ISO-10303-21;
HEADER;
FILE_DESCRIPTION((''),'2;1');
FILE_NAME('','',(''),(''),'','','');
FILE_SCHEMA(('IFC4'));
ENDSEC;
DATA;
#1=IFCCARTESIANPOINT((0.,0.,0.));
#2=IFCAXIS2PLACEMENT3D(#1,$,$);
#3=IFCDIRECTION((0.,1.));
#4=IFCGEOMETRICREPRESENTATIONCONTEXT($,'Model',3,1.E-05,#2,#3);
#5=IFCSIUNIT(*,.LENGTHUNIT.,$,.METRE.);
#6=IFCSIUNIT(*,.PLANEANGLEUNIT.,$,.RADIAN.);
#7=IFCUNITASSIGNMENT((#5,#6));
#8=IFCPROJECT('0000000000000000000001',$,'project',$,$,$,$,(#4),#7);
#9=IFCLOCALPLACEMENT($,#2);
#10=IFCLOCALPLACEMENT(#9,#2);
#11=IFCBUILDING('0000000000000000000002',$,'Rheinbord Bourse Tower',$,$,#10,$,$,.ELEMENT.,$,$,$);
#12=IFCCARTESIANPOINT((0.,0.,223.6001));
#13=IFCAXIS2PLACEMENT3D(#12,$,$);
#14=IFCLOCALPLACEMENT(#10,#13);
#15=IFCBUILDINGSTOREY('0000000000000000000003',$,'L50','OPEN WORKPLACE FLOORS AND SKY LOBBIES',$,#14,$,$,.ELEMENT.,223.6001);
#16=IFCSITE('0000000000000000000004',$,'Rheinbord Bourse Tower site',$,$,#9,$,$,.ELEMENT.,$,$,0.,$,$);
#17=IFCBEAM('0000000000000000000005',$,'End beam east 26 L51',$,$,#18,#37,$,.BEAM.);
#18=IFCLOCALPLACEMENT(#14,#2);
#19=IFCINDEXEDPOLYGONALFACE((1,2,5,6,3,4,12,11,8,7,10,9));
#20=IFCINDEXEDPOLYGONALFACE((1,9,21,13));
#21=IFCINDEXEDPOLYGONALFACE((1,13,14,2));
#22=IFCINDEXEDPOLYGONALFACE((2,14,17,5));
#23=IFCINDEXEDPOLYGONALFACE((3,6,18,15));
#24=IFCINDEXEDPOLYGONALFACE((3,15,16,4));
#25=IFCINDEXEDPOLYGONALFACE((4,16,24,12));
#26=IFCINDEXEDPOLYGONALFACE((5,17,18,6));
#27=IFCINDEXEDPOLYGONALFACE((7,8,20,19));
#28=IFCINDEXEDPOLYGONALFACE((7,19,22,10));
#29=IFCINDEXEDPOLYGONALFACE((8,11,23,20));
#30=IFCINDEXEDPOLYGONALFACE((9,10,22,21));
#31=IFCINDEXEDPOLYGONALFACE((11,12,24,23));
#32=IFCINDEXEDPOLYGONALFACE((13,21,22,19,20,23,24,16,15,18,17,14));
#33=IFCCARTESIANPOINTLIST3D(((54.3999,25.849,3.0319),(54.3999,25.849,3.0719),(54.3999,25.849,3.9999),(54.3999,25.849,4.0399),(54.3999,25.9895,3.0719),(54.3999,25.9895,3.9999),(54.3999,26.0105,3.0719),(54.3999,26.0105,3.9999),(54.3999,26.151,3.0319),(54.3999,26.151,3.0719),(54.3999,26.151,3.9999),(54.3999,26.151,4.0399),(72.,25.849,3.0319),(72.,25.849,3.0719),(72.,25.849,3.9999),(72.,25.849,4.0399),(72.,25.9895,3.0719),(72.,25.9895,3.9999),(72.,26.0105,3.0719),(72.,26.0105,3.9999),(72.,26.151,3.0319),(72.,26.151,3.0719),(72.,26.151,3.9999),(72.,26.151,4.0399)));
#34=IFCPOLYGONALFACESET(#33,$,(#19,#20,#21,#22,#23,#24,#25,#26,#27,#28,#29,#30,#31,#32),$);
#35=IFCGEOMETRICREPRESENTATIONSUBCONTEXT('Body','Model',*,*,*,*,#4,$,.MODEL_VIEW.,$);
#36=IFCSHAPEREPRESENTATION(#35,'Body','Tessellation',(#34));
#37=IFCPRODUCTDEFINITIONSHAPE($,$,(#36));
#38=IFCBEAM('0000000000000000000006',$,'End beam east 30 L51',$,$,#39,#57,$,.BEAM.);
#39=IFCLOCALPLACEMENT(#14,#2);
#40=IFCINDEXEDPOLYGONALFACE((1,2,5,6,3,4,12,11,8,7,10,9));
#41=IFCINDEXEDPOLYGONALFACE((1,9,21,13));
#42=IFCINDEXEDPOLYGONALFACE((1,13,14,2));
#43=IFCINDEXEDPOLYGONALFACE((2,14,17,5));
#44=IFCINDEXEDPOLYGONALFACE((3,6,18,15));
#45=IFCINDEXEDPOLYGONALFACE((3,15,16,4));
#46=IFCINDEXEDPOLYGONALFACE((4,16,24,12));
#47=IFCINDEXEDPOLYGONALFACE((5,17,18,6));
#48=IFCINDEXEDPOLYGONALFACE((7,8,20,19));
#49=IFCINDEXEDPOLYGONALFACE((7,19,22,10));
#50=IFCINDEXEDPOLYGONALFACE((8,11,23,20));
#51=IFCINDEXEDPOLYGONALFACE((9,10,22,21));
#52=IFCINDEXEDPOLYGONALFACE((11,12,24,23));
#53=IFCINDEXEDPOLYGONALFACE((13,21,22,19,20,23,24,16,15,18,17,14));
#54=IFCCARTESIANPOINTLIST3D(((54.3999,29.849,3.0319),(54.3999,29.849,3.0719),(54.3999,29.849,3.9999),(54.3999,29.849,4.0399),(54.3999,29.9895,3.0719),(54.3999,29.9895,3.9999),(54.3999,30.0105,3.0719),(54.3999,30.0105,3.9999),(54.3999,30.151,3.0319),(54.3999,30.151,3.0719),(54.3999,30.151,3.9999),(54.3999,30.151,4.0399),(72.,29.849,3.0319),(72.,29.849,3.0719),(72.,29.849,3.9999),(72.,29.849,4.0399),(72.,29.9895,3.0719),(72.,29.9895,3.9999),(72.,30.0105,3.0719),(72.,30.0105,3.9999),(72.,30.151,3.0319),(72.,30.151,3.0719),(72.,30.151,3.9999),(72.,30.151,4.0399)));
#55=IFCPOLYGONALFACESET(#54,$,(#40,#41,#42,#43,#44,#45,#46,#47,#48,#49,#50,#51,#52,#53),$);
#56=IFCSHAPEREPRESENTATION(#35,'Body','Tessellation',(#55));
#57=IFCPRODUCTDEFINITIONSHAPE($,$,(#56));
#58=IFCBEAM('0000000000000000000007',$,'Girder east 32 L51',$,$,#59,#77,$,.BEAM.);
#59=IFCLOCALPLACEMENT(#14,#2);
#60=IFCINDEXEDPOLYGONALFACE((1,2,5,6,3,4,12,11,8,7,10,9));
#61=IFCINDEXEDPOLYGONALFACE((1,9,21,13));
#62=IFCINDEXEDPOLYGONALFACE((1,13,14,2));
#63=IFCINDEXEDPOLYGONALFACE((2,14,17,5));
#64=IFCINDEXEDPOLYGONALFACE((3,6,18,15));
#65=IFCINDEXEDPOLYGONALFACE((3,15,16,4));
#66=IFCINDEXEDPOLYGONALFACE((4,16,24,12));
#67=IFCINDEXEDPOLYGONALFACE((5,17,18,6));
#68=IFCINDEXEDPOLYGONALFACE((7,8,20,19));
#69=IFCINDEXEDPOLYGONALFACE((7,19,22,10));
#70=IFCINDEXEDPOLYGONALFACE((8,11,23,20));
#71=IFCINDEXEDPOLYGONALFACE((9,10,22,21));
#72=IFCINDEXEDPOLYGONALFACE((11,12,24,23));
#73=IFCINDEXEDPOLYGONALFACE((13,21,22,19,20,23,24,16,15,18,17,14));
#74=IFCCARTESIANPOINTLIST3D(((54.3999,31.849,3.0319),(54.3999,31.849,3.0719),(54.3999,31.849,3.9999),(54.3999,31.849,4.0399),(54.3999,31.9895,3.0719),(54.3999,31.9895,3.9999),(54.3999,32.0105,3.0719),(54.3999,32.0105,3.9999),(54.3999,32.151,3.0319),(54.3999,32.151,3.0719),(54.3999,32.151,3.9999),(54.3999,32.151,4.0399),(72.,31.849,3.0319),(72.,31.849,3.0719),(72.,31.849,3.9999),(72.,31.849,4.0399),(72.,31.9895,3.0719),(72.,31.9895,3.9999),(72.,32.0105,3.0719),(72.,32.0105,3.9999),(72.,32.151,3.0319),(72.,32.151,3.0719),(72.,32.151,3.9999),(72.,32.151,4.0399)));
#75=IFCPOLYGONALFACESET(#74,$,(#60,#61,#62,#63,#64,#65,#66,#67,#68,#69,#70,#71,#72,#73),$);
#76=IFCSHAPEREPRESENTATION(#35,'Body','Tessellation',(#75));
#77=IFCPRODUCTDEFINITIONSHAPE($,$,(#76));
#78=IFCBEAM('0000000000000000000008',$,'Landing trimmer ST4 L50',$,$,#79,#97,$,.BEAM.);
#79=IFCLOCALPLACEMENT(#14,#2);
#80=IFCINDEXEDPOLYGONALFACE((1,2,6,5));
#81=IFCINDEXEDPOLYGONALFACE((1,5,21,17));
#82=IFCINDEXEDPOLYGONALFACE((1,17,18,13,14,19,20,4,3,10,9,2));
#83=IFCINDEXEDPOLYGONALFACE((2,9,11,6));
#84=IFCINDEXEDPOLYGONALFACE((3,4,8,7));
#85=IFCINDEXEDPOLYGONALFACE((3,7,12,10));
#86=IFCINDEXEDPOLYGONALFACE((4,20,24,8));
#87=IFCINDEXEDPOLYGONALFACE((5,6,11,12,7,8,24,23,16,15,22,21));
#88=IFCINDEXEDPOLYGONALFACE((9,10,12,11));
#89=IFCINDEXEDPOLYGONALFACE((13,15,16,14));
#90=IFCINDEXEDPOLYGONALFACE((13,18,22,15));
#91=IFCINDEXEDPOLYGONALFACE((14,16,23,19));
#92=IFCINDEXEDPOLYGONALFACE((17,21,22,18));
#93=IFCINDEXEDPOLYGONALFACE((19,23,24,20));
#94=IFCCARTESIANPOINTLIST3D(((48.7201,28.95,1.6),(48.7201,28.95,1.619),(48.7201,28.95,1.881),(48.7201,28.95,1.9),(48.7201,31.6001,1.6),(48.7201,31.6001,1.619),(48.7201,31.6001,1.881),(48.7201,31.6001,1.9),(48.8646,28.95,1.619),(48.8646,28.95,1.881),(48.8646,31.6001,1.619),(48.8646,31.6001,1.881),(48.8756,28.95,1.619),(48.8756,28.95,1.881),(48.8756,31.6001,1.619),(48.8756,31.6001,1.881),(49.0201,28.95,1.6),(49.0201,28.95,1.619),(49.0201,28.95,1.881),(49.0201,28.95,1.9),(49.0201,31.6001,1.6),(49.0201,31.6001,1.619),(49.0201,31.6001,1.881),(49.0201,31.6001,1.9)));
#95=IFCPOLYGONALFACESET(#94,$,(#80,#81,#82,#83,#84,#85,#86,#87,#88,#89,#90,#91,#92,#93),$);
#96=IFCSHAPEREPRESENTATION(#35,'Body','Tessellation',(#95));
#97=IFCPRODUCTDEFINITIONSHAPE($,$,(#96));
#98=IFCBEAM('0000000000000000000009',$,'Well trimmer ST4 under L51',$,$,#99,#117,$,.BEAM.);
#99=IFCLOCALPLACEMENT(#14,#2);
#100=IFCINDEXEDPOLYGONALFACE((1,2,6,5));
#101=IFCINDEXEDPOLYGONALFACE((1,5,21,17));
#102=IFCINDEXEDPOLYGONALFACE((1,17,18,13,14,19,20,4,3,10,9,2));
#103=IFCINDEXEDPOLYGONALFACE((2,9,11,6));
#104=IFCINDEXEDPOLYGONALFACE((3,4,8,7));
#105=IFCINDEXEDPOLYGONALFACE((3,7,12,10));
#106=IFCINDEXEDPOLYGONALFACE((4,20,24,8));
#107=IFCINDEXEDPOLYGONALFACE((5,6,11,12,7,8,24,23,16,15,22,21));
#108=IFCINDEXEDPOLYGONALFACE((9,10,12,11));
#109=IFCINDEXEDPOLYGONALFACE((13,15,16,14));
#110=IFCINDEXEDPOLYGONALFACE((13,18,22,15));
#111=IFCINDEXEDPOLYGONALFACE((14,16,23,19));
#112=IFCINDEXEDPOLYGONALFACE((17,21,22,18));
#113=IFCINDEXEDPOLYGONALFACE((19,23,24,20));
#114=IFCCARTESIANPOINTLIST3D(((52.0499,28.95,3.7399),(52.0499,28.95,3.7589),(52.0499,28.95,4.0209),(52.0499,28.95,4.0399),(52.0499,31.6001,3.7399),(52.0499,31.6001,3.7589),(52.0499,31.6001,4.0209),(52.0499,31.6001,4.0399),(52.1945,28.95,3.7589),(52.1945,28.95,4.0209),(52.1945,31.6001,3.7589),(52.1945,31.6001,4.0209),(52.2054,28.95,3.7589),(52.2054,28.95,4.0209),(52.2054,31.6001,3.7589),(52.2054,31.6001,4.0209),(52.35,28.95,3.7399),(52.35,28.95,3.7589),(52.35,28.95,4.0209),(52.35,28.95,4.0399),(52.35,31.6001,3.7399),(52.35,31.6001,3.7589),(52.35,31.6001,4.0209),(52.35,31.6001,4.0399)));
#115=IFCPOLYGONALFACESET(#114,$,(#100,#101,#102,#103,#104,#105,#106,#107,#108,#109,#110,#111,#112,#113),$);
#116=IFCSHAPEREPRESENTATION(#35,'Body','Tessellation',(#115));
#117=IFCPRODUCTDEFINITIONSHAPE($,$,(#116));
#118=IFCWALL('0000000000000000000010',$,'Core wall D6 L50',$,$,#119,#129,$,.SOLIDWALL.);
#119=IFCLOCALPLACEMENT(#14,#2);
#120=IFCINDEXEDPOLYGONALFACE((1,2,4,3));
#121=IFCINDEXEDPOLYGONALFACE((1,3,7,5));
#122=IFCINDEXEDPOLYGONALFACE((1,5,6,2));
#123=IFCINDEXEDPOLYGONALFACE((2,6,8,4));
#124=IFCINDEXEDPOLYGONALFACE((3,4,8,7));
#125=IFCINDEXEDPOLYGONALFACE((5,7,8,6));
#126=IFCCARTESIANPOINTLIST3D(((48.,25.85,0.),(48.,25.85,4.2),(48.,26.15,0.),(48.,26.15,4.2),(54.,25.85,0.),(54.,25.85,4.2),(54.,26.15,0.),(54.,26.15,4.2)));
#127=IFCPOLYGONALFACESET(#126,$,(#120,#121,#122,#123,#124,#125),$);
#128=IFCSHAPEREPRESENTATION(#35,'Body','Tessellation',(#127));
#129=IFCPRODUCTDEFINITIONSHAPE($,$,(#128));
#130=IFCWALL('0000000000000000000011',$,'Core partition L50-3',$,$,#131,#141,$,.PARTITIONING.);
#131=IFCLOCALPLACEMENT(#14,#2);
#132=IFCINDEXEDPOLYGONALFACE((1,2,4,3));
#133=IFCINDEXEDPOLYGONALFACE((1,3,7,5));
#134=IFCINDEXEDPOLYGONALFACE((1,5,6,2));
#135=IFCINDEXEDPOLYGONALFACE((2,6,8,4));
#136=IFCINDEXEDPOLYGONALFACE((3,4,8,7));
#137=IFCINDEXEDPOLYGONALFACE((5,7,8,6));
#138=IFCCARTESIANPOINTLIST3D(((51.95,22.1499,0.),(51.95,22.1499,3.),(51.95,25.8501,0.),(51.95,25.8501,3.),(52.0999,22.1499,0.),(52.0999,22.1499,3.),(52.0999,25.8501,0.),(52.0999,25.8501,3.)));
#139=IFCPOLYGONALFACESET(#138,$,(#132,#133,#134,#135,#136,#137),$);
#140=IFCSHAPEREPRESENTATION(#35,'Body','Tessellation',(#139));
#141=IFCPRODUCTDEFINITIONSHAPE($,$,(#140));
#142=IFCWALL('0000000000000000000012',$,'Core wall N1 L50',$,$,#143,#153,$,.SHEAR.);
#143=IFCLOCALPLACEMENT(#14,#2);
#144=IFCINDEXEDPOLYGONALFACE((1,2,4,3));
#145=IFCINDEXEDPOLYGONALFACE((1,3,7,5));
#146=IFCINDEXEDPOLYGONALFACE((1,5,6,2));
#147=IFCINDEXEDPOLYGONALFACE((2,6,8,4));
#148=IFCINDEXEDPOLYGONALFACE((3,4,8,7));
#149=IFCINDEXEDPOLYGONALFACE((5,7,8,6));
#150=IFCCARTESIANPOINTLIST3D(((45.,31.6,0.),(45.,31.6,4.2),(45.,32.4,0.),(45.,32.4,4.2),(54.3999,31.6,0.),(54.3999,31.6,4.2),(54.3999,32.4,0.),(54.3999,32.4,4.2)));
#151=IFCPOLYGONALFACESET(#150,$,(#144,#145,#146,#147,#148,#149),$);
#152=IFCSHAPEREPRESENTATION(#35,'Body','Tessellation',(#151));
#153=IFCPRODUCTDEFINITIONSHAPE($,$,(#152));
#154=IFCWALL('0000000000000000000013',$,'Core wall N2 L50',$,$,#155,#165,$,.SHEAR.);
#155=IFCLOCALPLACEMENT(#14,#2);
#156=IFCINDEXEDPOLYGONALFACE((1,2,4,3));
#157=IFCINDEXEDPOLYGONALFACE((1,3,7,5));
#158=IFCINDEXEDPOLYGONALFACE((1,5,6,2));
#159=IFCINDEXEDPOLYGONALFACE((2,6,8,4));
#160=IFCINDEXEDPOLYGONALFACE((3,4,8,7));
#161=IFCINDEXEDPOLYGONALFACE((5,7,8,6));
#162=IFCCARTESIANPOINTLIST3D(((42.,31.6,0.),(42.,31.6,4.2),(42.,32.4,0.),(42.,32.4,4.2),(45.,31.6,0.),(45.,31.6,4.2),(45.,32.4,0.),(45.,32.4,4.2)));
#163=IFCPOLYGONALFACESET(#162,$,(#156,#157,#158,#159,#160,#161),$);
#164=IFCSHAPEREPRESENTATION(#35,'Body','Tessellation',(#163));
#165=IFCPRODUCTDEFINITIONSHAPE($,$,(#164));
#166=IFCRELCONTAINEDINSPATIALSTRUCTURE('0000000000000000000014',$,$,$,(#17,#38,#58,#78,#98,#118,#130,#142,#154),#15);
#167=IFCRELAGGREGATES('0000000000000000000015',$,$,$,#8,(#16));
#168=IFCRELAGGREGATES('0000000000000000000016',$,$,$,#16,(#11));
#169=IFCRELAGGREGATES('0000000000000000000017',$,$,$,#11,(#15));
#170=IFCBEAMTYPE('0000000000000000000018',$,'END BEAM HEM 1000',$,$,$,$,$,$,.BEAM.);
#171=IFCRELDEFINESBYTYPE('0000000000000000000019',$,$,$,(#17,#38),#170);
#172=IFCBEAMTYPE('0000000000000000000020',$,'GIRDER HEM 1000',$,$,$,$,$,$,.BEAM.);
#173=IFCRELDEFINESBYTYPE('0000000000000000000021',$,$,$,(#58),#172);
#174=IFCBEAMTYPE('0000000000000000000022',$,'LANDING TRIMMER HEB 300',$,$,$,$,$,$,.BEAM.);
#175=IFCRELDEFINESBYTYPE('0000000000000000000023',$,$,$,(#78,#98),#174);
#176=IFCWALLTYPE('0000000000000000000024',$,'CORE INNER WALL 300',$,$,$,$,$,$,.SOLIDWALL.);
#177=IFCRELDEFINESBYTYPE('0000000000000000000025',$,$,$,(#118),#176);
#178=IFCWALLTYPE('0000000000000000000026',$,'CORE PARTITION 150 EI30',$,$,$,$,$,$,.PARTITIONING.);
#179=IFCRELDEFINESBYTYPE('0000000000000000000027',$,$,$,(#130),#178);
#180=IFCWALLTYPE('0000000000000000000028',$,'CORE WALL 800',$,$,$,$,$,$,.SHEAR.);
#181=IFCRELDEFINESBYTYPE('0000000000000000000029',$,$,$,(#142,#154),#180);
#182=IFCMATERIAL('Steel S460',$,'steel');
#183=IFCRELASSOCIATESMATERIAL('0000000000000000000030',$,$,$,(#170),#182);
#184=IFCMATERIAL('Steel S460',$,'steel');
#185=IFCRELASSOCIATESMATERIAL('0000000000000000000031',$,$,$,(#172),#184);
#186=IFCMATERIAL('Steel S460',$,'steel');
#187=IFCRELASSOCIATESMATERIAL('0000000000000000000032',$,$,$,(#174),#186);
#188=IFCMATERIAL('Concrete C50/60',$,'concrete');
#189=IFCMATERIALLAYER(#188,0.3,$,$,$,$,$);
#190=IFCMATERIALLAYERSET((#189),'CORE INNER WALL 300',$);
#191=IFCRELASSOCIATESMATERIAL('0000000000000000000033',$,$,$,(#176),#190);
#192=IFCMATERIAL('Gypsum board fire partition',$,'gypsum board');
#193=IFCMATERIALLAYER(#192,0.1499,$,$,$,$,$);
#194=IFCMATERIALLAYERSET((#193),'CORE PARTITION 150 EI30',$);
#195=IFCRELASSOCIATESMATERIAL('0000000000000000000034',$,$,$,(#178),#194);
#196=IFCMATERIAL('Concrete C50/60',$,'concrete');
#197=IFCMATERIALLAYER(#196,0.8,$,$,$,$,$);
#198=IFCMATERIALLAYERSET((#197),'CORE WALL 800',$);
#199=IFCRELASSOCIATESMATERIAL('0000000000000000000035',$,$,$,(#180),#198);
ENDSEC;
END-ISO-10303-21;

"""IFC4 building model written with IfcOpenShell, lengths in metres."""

from ifc_helpers import new_model, si_unit, direction, frame, frame_2d, origin, origin_2d, place, context, subcontext, project, spatial, rectangle, i_section, extrude, material, layer, layer_set, material_profile, profile_set, type_object, element, save


model = new_model("IFC4")

# Units and contexts
model_context = context("Model", 3, precision=1e-05, world=origin(), true_north=direction((0.0, 1.0)))
body_context = subcontext(model_context, "Body", "Model", "MODEL_VIEW")
ifc_project = project(units=[si_unit("LENGTHUNIT", "METRE"), si_unit("PLANEANGLEUNIT", "RADIAN")], contexts=[model_context])

# Site, building, storey
site_placement = place(None, origin())
site = spatial("IfcSite", under=ifc_project, at=site_placement, Name="Rheinbord Bourse Tower site", CompositionType="ELEMENT", RefElevation=0.0)
building_placement = place(site_placement, origin())
building = spatial("IfcBuilding", under=site, at=building_placement, Name="Rheinbord Bourse Tower", CompositionType="ELEMENT")
storey_placement = place(building_placement, frame((0.0, 0.0, 223.6001)))
storey = spatial("IfcBuildingStorey", under=building, at=storey_placement, Name="L50", Description="OPEN WORKPLACE FLOORS AND SKY LOBBIES", CompositionType="ELEMENT", Elevation=223.6001)

# Beams
ifc_material_1 = material(Name="Steel S460", Category="steel")
ifc_material_profile_1 = material_profile(ifc_material_1, i_section(OverallWidth=0.302, OverallDepth=1.0081, WebThickness=0.021, FlangeThickness=0.04, at=origin_2d()), Name="HEM 1000")
ifc_profile_set_1 = profile_set([ifc_material_profile_1], Name="Steel S460")
beam_type_1 = type_object("IfcBeamType", Name="END BEAM HEM 1000", PredefinedType="BEAM", material=ifc_profile_set_1)
for number, where, z_axis, x_axis, name in (
    (1, (54.3999, 26.0, 3.5359), (1.0, 0.0, 0.0), (0.0, 1.0, 0.0), "End beam east 26 L51"),
    (2, (54.3999, 30.0, 3.5359), (1.0, 0.0, 0.0), (0.0, 1.0, 0.0), "End beam east 30 L51"),
):
    element("IfcBeam", number, at=place(storey_placement, frame(where, z_axis=z_axis, x_axis=x_axis)), inside=storey, type_object=beam_type_1, Name=name, PredefinedType="BEAM", context=body_context, shape_type="SweptSolid", body=[
        extrude(i_section(OverallWidth=0.302, OverallDepth=1.0081, WebThickness=0.021, FlangeThickness=0.04, at=origin_2d()), origin(), (0.0, 0.0, 1.0), 17.6001),
    ])
ifc_material_2 = material(Name="Steel S460", Category="steel")
ifc_material_profile_2 = material_profile(ifc_material_2, i_section(OverallWidth=0.302, OverallDepth=1.0081, WebThickness=0.021, FlangeThickness=0.04, at=origin_2d()), Name="HEM 1000")
ifc_profile_set_2 = profile_set([ifc_material_profile_2], Name="Steel S460")
beam_type_2 = type_object("IfcBeamType", Name="GIRDER HEM 1000", PredefinedType="BEAM", material=ifc_profile_set_2)
beam_placement = place(storey_placement, frame((54.3999, 32.0, 3.5359), z_axis=(1.0, 0.0, 0.0), x_axis=(0.0, 1.0, 0.0)))
element("IfcBeam", 3, at=beam_placement, inside=storey, type_object=beam_type_2, Name="Girder east 32 L51", PredefinedType="BEAM", context=body_context, shape_type="SweptSolid", body=[
    extrude(i_section(OverallWidth=0.302, OverallDepth=1.0081, WebThickness=0.021, FlangeThickness=0.04, at=origin_2d()), origin(), (0.0, 0.0, 1.0), 17.6001),
])
ifc_material_3 = material(Name="Steel S460", Category="steel")
ifc_material_profile_3 = material_profile(ifc_material_3, i_section(OverallWidth=0.3, OverallDepth=0.3, WebThickness=0.011, FlangeThickness=0.019, at=origin_2d()), Name="HEB 300")
ifc_profile_set_3 = profile_set([ifc_material_profile_3], Name="Steel S460")
beam_type_3 = type_object("IfcBeamType", Name="LANDING TRIMMER HEB 300", PredefinedType="BEAM", material=ifc_profile_set_3)
for number, where, z_axis, x_axis, name in (
    (4, (48.8701, 28.95, 1.75), (0.0, 1.0, 0.0), (-1.0, 0.0, 0.0), "Landing trimmer ST4 L50"),
    (5, (52.2, 28.95, 3.8899), (0.0, 1.0, 0.0), (-1.0, 0.0, 0.0), "Well trimmer ST4 under L51"),
):
    element("IfcBeam", number, at=place(storey_placement, frame(where, z_axis=z_axis, x_axis=x_axis)), inside=storey, type_object=beam_type_3, Name=name, PredefinedType="BEAM", context=body_context, shape_type="SweptSolid", body=[
        extrude(i_section(OverallWidth=0.3, OverallDepth=0.3, WebThickness=0.011, FlangeThickness=0.019, at=origin_2d()), origin(), (0.0, 0.0, 1.0), 2.6501),
    ])

# Walls
ifc_material_4 = material(Name="Concrete C50/60", Category="concrete")
ifc_layer_1 = layer(ifc_material_4, 0.3)
ifc_layer_set_1 = layer_set([ifc_layer_1], Name="CORE INNER WALL 300")
wall_type_1 = type_object("IfcWallType", Name="CORE INNER WALL 300", PredefinedType="SOLIDWALL", material=ifc_layer_set_1)
wall_1_placement = place(storey_placement, frame((48.0, 26.0, 0.0), z_axis=(0.0, 0.0, 1.0), x_axis=(1.0, 0.0, 0.0)))
element("IfcWall", 6, at=wall_1_placement, inside=storey, type_object=wall_type_1, Name="Core wall D6 L50", PredefinedType="SOLIDWALL", context=body_context, shape_type="SweptSolid", body=[
    extrude(rectangle(XDim=6.0, YDim=0.3, at=frame_2d((3.0, 0.0))), origin(), (0.0, 0.0, 1.0), 4.2),
])
ifc_material_5 = material(Name="Gypsum board fire partition", Category="gypsum board")
ifc_layer_2 = layer(ifc_material_5, 0.1499)
ifc_layer_set_2 = layer_set([ifc_layer_2], Name="CORE PARTITION 150 EI30")
wall_type_2 = type_object("IfcWallType", Name="CORE PARTITION 150 EI30", PredefinedType="PARTITIONING", material=ifc_layer_set_2)
wall_2_placement = place(storey_placement, frame((52.0249, 22.1499, 0.0), z_axis=(0.0, 0.0, 1.0), x_axis=(0.0, 1.0, 0.0)))
element("IfcWall", 7, at=wall_2_placement, inside=storey, type_object=wall_type_2, Name="Core partition L50-3", PredefinedType="PARTITIONING", context=body_context, shape_type="SweptSolid", body=[
    extrude(rectangle(XDim=3.7002, YDim=0.1499, at=frame_2d((1.8501, 0.0))), origin(), (0.0, 0.0, 1.0), 3.0),
])
ifc_material_6 = material(Name="Concrete C50/60", Category="concrete")
ifc_layer_3 = layer(ifc_material_6, 0.8)
ifc_layer_set_3 = layer_set([ifc_layer_3], Name="CORE WALL 800")
wall_type_3 = type_object("IfcWallType", Name="CORE WALL 800", PredefinedType="SHEAR", material=ifc_layer_set_3)
wall_3_placement = place(storey_placement, frame((54.3999, 32.0, 0.0), z_axis=(0.0, 0.0, 1.0), x_axis=(-1.0, 0.0, 0.0)))
element("IfcWall", 8, at=wall_3_placement, inside=storey, type_object=wall_type_3, Name="Core wall N1 L50", PredefinedType="SHEAR", context=body_context, shape_type="SweptSolid", body=[
    extrude(rectangle(XDim=9.3999, YDim=0.8, at=frame_2d((4.7, 0.0))), origin(), (0.0, 0.0, 1.0), 4.2),
])
wall_4_placement = place(storey_placement, frame((45.0, 32.0, 0.0), z_axis=(0.0, 0.0, 1.0), x_axis=(-1.0, 0.0, 0.0)))
element("IfcWall", 9, at=wall_4_placement, inside=storey, type_object=wall_type_3, Name="Core wall N2 L50", PredefinedType="SHEAR", context=body_context, shape_type="SweptSolid", body=[
    extrude(rectangle(XDim=3.0, YDim=0.8, at=frame_2d((1.5, 0.0))), origin(), (0.0, 0.0, 1.0), 4.2),
])

save(model, "model.ifc")
